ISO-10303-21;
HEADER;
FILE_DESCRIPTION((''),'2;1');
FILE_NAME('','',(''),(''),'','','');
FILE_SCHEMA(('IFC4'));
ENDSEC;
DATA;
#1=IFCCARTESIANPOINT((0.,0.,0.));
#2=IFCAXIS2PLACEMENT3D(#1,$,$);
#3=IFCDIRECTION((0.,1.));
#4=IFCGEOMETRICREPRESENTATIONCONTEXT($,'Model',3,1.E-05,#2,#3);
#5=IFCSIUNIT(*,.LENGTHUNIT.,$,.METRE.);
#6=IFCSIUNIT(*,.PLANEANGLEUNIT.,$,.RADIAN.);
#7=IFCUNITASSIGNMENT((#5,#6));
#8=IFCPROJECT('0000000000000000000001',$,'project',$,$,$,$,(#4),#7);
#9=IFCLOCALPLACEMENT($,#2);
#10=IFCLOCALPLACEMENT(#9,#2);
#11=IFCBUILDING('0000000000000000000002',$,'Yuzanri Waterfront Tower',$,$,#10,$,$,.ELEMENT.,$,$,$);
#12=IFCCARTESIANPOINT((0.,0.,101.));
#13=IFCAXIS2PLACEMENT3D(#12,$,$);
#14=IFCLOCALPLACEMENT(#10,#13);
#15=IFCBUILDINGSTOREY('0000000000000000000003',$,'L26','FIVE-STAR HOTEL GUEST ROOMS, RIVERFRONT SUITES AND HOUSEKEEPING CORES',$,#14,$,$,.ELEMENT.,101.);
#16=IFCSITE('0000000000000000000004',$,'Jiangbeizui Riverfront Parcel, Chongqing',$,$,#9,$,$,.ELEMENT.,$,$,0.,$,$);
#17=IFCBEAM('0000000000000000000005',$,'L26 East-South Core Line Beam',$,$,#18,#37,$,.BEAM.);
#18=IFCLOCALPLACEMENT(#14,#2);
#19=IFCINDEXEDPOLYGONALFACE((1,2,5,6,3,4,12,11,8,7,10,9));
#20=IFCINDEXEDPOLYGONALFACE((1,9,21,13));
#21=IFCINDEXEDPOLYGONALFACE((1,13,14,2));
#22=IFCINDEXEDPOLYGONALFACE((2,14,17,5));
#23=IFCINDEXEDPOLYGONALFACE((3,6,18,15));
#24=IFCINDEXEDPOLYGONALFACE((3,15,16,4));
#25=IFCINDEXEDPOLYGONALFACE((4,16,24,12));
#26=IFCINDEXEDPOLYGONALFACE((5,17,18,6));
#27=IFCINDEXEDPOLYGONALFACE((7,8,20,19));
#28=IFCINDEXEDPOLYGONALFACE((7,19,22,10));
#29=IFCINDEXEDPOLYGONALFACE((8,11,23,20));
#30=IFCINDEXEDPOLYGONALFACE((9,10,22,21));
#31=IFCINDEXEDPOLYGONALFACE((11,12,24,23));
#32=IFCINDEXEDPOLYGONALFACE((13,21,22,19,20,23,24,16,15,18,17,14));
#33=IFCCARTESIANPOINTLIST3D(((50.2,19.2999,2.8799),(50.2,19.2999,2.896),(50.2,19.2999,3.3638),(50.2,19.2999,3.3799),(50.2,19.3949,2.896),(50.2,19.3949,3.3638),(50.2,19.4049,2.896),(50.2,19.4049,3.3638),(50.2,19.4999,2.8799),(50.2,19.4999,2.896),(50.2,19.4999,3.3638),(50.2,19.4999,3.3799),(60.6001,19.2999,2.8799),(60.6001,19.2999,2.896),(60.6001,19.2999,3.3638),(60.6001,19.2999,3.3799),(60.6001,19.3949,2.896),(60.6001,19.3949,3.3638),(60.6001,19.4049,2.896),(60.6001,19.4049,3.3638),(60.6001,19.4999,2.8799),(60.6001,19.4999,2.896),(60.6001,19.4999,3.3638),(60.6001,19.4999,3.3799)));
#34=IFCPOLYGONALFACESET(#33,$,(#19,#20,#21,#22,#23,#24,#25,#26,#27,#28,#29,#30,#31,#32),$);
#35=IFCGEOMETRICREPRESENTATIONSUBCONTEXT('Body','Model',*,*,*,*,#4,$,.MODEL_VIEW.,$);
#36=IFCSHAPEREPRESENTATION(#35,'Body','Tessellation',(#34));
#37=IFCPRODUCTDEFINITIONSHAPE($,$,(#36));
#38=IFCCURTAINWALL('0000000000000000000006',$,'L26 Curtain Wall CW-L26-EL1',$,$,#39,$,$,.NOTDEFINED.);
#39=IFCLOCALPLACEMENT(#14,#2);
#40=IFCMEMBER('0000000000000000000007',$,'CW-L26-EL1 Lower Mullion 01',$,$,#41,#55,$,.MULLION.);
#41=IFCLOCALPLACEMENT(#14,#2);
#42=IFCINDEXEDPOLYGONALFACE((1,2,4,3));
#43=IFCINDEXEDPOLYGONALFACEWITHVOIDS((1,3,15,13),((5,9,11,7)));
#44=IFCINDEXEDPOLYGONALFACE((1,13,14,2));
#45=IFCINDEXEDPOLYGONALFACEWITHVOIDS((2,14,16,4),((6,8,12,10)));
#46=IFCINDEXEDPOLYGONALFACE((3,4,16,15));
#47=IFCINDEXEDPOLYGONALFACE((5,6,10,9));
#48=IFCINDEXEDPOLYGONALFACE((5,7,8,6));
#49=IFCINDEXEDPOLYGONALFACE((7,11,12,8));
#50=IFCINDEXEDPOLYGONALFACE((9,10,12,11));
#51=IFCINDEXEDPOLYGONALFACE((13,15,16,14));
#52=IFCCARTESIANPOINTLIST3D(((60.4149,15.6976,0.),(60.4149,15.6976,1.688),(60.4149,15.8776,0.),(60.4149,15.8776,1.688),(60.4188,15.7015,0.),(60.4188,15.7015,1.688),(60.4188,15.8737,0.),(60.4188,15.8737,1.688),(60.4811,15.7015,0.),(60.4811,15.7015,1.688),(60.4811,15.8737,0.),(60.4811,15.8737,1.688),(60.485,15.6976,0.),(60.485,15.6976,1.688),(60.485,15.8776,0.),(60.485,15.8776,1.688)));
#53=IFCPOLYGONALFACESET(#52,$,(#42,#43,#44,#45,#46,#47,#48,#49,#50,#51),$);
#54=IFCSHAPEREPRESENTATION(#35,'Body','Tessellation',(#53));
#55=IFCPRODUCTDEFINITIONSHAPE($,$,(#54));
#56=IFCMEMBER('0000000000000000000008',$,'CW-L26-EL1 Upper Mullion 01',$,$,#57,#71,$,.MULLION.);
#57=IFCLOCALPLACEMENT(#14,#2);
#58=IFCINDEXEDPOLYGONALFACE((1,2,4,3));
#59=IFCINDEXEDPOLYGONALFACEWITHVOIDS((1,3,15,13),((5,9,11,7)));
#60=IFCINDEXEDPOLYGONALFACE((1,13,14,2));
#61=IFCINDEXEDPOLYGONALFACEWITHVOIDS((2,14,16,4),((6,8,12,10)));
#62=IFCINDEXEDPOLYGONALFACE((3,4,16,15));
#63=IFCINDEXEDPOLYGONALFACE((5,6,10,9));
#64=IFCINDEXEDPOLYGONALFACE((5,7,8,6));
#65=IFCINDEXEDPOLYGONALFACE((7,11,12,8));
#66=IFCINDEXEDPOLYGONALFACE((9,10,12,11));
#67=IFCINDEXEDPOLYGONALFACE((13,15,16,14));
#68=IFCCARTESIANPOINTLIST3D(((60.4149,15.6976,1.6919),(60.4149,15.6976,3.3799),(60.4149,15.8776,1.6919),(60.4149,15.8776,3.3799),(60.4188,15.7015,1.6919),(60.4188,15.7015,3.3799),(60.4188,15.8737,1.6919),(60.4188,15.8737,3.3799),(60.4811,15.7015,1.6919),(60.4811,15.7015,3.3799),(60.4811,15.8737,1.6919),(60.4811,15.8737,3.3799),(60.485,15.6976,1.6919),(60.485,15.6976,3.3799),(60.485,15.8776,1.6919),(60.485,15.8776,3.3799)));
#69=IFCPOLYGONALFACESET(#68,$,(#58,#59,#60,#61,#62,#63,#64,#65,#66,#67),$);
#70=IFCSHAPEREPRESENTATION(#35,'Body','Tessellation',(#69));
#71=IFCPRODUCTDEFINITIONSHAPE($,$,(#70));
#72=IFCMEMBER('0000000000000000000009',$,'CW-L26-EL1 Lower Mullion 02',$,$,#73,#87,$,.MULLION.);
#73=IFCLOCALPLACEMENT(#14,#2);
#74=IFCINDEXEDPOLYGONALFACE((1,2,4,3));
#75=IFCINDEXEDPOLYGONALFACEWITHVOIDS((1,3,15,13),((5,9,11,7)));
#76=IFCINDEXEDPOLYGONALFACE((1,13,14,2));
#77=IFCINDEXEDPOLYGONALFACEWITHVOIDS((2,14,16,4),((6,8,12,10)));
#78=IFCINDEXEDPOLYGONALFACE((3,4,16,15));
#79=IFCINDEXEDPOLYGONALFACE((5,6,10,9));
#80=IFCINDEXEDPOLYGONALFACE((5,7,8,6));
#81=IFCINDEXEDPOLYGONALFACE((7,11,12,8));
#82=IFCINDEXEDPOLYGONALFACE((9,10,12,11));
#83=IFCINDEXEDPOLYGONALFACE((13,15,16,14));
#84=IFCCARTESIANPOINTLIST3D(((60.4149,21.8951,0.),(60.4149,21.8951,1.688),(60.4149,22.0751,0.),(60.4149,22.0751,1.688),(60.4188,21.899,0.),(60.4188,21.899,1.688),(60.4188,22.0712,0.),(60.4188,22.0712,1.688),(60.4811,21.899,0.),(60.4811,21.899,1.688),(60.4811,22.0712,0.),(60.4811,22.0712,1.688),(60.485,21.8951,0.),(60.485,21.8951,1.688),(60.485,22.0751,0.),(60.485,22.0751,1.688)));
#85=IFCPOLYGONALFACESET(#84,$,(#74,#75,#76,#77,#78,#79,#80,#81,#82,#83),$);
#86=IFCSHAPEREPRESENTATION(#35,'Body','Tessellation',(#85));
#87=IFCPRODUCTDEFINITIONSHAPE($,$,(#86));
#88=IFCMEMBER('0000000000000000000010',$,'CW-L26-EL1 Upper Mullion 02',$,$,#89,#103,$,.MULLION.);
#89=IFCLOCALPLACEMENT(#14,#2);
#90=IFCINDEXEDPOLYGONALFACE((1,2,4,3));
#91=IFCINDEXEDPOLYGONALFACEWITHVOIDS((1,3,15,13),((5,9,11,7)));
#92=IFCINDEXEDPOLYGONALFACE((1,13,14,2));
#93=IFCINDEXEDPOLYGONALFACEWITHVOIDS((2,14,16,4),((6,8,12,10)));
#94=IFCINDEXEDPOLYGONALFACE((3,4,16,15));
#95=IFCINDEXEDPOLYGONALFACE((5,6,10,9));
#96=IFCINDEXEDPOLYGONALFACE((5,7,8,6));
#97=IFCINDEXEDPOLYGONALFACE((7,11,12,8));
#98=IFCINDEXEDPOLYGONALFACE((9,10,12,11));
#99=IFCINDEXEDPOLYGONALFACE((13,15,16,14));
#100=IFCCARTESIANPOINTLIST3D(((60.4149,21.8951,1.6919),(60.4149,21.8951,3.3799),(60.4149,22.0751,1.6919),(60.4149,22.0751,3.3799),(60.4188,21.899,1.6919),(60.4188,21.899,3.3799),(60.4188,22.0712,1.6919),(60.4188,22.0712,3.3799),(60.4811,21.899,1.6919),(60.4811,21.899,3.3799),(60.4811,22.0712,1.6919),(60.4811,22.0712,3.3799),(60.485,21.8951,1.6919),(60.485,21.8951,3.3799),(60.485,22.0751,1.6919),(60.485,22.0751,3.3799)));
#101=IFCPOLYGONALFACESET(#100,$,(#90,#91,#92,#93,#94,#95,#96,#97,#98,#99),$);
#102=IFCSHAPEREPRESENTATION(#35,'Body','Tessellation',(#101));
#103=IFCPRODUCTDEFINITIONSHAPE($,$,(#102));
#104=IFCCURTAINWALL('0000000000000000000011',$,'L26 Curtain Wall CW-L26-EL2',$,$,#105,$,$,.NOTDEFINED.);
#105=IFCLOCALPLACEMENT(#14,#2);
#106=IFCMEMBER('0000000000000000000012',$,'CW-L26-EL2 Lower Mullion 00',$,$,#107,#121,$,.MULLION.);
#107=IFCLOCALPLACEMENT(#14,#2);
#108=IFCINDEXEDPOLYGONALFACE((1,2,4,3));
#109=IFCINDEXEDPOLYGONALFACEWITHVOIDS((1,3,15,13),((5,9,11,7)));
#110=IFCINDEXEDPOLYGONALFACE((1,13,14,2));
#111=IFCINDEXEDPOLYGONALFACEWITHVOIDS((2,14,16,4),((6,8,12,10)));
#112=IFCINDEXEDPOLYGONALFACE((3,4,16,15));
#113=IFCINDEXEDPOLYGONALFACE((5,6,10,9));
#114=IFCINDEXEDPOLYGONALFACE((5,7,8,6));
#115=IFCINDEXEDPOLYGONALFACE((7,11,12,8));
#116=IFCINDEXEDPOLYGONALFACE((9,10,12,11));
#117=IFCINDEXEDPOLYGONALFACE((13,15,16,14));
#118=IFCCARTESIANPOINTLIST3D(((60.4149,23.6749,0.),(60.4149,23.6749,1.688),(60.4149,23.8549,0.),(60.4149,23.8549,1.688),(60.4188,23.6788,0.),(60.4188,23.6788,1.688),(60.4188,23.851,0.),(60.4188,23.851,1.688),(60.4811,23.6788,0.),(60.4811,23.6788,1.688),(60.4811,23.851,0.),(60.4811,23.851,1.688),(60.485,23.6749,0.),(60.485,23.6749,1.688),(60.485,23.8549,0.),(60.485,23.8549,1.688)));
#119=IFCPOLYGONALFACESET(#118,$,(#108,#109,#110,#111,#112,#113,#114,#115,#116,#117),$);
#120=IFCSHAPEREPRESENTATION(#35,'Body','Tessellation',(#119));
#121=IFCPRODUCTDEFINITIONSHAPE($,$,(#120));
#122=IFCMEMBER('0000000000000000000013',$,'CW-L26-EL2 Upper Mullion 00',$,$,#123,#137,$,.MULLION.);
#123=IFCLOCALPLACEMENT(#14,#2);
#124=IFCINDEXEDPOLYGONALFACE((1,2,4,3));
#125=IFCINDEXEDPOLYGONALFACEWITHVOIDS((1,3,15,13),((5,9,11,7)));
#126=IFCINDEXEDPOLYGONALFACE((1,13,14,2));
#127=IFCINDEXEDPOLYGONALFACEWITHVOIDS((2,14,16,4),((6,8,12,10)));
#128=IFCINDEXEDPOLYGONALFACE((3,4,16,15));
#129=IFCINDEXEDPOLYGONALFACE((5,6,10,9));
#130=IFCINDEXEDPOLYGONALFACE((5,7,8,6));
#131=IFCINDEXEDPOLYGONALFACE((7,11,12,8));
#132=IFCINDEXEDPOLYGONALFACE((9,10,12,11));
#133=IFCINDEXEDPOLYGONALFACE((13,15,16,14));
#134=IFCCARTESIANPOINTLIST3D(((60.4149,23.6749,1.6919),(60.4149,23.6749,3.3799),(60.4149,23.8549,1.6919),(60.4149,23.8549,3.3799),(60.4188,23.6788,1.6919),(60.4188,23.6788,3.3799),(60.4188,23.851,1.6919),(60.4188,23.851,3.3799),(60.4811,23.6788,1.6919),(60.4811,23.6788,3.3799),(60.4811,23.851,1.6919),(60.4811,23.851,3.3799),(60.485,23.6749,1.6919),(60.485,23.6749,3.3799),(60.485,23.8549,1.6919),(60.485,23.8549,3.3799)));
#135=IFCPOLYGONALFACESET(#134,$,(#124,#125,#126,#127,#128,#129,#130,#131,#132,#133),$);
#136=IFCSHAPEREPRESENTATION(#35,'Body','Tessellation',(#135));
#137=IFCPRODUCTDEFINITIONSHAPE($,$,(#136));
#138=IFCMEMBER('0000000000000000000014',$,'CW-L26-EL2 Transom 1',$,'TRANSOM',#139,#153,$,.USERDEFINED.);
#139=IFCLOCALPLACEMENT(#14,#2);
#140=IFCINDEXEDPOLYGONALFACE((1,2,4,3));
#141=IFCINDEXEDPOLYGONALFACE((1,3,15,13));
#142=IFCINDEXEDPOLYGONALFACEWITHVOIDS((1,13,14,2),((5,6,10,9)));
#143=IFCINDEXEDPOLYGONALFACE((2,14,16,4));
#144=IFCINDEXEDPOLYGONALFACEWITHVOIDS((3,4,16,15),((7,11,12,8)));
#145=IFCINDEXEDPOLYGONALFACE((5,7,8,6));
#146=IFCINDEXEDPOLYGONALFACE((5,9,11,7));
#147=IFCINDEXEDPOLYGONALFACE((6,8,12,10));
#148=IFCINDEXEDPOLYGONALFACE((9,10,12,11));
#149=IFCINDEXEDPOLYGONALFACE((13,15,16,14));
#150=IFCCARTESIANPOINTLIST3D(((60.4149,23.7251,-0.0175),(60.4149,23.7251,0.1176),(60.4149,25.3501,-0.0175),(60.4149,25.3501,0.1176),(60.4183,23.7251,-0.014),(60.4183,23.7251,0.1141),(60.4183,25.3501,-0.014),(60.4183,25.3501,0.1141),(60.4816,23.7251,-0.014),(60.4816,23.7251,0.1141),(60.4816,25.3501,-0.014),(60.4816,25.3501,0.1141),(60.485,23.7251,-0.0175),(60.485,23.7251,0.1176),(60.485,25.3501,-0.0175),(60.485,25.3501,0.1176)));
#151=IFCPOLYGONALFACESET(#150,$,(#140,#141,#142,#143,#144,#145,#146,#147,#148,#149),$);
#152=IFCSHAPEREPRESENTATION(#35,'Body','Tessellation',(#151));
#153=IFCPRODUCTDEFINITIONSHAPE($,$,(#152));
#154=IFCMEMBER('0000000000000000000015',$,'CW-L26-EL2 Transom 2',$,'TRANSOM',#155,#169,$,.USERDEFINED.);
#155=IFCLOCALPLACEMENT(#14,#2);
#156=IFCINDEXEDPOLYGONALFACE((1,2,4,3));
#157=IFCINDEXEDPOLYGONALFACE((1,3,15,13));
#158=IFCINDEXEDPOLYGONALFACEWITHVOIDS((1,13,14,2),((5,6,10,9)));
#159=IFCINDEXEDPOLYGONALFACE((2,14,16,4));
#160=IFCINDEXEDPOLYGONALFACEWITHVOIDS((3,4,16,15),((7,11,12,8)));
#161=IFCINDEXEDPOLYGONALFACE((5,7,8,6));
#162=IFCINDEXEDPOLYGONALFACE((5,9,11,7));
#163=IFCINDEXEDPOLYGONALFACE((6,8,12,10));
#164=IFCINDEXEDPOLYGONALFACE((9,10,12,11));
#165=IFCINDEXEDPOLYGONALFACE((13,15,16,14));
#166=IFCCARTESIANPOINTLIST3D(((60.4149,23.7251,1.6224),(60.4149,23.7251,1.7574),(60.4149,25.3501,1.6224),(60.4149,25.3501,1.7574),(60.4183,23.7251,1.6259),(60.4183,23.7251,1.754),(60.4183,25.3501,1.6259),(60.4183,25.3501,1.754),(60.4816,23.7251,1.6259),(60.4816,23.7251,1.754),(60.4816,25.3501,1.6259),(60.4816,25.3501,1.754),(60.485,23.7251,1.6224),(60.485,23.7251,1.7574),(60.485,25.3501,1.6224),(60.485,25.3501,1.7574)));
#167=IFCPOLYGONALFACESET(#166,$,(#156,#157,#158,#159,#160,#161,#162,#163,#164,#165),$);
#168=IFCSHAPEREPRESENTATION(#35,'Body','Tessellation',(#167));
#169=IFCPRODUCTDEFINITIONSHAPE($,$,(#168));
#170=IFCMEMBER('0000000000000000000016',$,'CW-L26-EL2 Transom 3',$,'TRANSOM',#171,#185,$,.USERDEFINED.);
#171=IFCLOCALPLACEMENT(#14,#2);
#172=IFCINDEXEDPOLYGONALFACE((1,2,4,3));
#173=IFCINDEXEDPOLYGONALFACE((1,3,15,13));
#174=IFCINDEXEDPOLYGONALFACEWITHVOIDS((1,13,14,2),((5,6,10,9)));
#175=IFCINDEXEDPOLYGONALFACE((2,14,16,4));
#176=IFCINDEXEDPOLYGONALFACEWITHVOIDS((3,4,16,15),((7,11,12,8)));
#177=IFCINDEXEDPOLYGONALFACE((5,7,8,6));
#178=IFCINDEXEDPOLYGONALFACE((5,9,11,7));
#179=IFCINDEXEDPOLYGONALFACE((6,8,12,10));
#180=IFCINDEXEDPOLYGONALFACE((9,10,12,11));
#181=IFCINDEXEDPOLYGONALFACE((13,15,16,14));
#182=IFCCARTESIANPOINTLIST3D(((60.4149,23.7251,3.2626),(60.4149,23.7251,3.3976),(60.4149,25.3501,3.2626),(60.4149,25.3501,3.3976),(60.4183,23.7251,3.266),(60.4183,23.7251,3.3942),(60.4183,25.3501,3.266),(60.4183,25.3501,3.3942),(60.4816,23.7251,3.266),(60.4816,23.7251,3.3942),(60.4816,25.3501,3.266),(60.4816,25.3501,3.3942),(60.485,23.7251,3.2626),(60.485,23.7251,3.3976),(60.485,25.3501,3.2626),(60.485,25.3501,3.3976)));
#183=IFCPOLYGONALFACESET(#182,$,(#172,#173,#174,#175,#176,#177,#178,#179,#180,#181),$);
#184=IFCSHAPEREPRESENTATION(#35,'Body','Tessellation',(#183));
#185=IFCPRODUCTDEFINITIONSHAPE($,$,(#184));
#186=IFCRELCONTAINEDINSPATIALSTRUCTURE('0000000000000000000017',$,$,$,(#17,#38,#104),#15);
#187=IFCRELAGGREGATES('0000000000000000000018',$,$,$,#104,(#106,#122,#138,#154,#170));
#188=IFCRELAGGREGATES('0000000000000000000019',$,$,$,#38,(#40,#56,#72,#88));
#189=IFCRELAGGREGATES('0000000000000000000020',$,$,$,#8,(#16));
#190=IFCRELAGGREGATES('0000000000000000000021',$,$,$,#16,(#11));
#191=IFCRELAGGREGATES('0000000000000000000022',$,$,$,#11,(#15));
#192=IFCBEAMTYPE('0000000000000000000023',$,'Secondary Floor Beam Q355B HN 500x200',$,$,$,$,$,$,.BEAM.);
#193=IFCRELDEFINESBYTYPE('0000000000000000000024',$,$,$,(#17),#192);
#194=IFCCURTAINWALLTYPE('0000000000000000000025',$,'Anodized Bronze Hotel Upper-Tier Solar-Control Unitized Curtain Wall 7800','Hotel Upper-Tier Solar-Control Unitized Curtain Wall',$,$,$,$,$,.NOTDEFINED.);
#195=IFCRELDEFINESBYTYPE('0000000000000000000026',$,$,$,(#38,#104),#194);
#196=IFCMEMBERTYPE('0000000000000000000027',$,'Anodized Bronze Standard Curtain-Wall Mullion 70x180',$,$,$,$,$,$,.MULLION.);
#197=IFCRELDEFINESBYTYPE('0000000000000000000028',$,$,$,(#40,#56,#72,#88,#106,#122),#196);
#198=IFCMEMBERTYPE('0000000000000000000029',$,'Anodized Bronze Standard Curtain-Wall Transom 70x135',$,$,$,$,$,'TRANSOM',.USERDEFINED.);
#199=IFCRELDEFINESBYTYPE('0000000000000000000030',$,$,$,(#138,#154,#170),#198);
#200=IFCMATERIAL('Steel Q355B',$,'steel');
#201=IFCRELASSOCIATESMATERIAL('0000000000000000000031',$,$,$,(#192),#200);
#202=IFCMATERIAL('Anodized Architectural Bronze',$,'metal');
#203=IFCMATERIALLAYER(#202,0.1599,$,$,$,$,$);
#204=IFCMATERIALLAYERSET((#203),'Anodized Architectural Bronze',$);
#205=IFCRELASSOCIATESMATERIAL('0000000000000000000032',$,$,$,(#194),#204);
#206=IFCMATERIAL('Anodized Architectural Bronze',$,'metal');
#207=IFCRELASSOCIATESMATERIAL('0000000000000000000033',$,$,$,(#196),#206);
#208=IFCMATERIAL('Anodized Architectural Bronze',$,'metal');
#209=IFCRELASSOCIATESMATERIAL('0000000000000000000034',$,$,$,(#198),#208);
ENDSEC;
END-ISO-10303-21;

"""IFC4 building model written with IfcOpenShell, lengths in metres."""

from ifc_helpers import new_model, si_unit, direction, frame, origin, origin_2d, place, context, subcontext, project, spatial, hollow_rectangle, i_section, extrude, source, transform, mapped, material, layer, layer_set, material_profile, profile_set, type_object, element, aggregate, save


model = new_model("IFC4")

# Units and contexts
model_context = context("Model", 3, precision=1e-05, world=origin(), true_north=direction((0.0, 1.0)))
body_context = subcontext(model_context, "Body", "Model", "MODEL_VIEW")
ifc_project = project(units=[si_unit("LENGTHUNIT", "METRE"), si_unit("PLANEANGLEUNIT", "RADIAN")], contexts=[model_context])

# Site, building, storey
site_placement = place(None, origin())
site = spatial("IfcSite", under=ifc_project, at=site_placement, Name="Jiangbeizui Riverfront Parcel, Chongqing", CompositionType="ELEMENT", RefElevation=0.0)
building_placement = place(site_placement, origin())
building = spatial("IfcBuilding", under=site, at=building_placement, Name="Yuzanri Waterfront Tower", CompositionType="ELEMENT")
storey_placement = place(building_placement, frame((0.0, 0.0, 101.0)))
storey = spatial("IfcBuildingStorey", under=building, at=storey_placement, Name="L26", Description="FIVE-STAR HOTEL GUEST ROOMS, RIVERFRONT SUITES AND HOUSEKEEPING CORES", CompositionType="ELEMENT", Elevation=101.0)

# Beam
ifc_material_1 = material(Name="Steel Q355B", Category="steel")
ifc_material_profile_1 = material_profile(ifc_material_1, i_section(OverallWidth=0.2, OverallDepth=0.5, WebThickness=0.01, FlangeThickness=0.0161, at=origin_2d()), Name="HN 500x200x10x16")
ifc_profile_set_1 = profile_set([ifc_material_profile_1], Name="Steel Q355B")
beam_type = type_object("IfcBeamType", Name="Secondary Floor Beam Q355B HN 500x200", PredefinedType="BEAM", material=ifc_profile_set_1)
shared_shape_1 = source(origin(), body_context, "Body", "SweptSolid", [
    extrude(i_section(OverallWidth=0.2, OverallDepth=0.5, WebThickness=0.01, FlangeThickness=0.0161, at=origin_2d()), origin(), (0.0, 0.0, 1.0), 10.4001),
])
beam_placement = place(storey_placement, frame((50.2, 19.3999, 3.1299), z_axis=(1.0, 0.0, 0.0), x_axis=(0.0, 1.0, 0.0)))
element("IfcBeam", 1, at=beam_placement, inside=storey, type_object=beam_type, Name="L26 East-South Core Line Beam", PredefinedType="BEAM", context=body_context, shape_type="MappedRepresentation", body=[
    mapped(shared_shape_1, transform((0.0, 0.0, 0.0), scale=1.0)),
])

# Curtain wall, members
ifc_material_2 = material(Name="Anodized Architectural Bronze", Category="metal")
ifc_layer_1 = layer(ifc_material_2, 0.1599)
ifc_layer_set_1 = layer_set([ifc_layer_1], Name="Anodized Architectural Bronze")
curtain_wall_type = type_object("IfcCurtainWallType", Name="Anodized Bronze Hotel Upper-Tier Solar-Control Unitized Curtain Wall 7800", Description="Hotel Upper-Tier Solar-Control Unitized Curtain Wall", PredefinedType="NOTDEFINED", material=ifc_layer_set_1)
curtain_wall_1_placement = place(storey_placement, origin())
curtain_wall_1 = element("IfcCurtainWall", 2, at=curtain_wall_1_placement, inside=storey, type_object=curtain_wall_type, Name="L26 Curtain Wall CW-L26-EL1", PredefinedType="NOTDEFINED")
ifc_material_3 = material(Name="Anodized Architectural Bronze", Category="metal")
ifc_material_profile_2 = material_profile(ifc_material_3, hollow_rectangle(XDim=0.0701, YDim=0.1799, WallThickness=0.0039, at=origin_2d()), Name="CWM 70x180")
ifc_profile_set_2 = profile_set([ifc_material_profile_2], Name="Anodized Architectural Bronze")
member_type_1 = type_object("IfcMemberType", Name="Anodized Bronze Standard Curtain-Wall Mullion 70x180", PredefinedType="MULLION", material=ifc_profile_set_2)
shared_shape_2 = source(origin(), body_context, "Body", "SweptSolid", [
    extrude(hollow_rectangle(XDim=0.0701, YDim=0.1799, WallThickness=0.0039, at=origin_2d()), origin(), (0.0, 0.0, 1.0), 1.688),
])
member_1_placement = place(storey_placement, frame((60.45, 15.7876, 0.0), z_axis=(0.0, 0.0, 1.0), x_axis=(1.0, 0.0, 0.0)))
member_1 = element("IfcMember", 3, at=member_1_placement, type_object=member_type_1, Name="CW-L26-EL1 Lower Mullion 01", PredefinedType="MULLION", context=body_context, shape_type="MappedRepresentation", body=[
    mapped(shared_shape_2, transform((0.0, 0.0, 0.0), scale=1.0)),
])
member_2_placement = place(storey_placement, frame((60.45, 15.7876, 1.6919), z_axis=(0.0, 0.0, 1.0), x_axis=(1.0, 0.0, 0.0)))
member_2 = element("IfcMember", 4, at=member_2_placement, type_object=member_type_1, Name="CW-L26-EL1 Upper Mullion 01", PredefinedType="MULLION", context=body_context, shape_type="MappedRepresentation", body=[
    mapped(shared_shape_2, transform((0.0, 0.0, 0.0), scale=1.0)),
])
member_3_placement = place(storey_placement, frame((60.45, 21.9851, 0.0), z_axis=(0.0, 0.0, 1.0), x_axis=(1.0, 0.0, 0.0)))
member_3 = element("IfcMember", 5, at=member_3_placement, type_object=member_type_1, Name="CW-L26-EL1 Lower Mullion 02", PredefinedType="MULLION", context=body_context, shape_type="MappedRepresentation", body=[
    mapped(shared_shape_2, transform((0.0, 0.0, 0.0), scale=1.0)),
])
member_4_placement = place(storey_placement, frame((60.45, 21.9851, 1.6919), z_axis=(0.0, 0.0, 1.0), x_axis=(1.0, 0.0, 0.0)))
member_4 = element("IfcMember", 6, at=member_4_placement, type_object=member_type_1, Name="CW-L26-EL1 Upper Mullion 02", PredefinedType="MULLION", context=body_context, shape_type="MappedRepresentation", body=[
    mapped(shared_shape_2, transform((0.0, 0.0, 0.0), scale=1.0)),
])

# Curtain wall, members
curtain_wall_2_placement = place(storey_placement, origin())
curtain_wall_2 = element("IfcCurtainWall", 7, at=curtain_wall_2_placement, inside=storey, type_object=curtain_wall_type, Name="L26 Curtain Wall CW-L26-EL2", PredefinedType="NOTDEFINED")
member_5_placement = place(storey_placement, frame((60.45, 23.7649, 0.0), z_axis=(0.0, 0.0, 1.0), x_axis=(1.0, 0.0, 0.0)))
member_5 = element("IfcMember", 8, at=member_5_placement, type_object=member_type_1, Name="CW-L26-EL2 Lower Mullion 00", PredefinedType="MULLION", context=body_context, shape_type="MappedRepresentation", body=[
    mapped(shared_shape_2, transform((0.0, 0.0, 0.0), scale=1.0)),
])
member_6_placement = place(storey_placement, frame((60.45, 23.7649, 1.6919), z_axis=(0.0, 0.0, 1.0), x_axis=(1.0, 0.0, 0.0)))
member_6 = element("IfcMember", 9, at=member_6_placement, type_object=member_type_1, Name="CW-L26-EL2 Upper Mullion 00", PredefinedType="MULLION", context=body_context, shape_type="MappedRepresentation", body=[
    mapped(shared_shape_2, transform((0.0, 0.0, 0.0), scale=1.0)),
])
ifc_material_4 = material(Name="Anodized Architectural Bronze", Category="metal")
ifc_material_profile_3 = material_profile(ifc_material_4, hollow_rectangle(XDim=0.0701, YDim=0.135, WallThickness=0.0034, at=origin_2d()), Name="CWT 70x135")
ifc_profile_set_3 = profile_set([ifc_material_profile_3], Name="Anodized Architectural Bronze")
member_type_2 = type_object("IfcMemberType", Name="Anodized Bronze Standard Curtain-Wall Transom 70x135", ElementType="TRANSOM", PredefinedType="USERDEFINED", material=ifc_profile_set_3)
shared_shape_3 = source(origin(), body_context, "Body", "SweptSolid", [
    extrude(hollow_rectangle(XDim=0.0701, YDim=0.135, WallThickness=0.0034, at=origin_2d()), origin(), (0.0, 0.0, 1.0), 1.625),
])
member_7_placement = place(storey_placement, frame((60.45, 23.7251, 0.05), z_axis=(0.0, 1.0, 0.0), x_axis=(-1.0, 0.0, 0.0)))
member_7 = element("IfcMember", 10, at=member_7_placement, type_object=member_type_2, Name="CW-L26-EL2 Transom 1", ObjectType="TRANSOM", PredefinedType="USERDEFINED", context=body_context, shape_type="MappedRepresentation", body=[
    mapped(shared_shape_3, transform((0.0, 0.0, 0.0), scale=1.0)),
])
member_8_placement = place(storey_placement, frame((60.45, 23.7251, 1.6899), z_axis=(0.0, 1.0, 0.0), x_axis=(-1.0, 0.0, 0.0)))
member_8 = element("IfcMember", 11, at=member_8_placement, type_object=member_type_2, Name="CW-L26-EL2 Transom 2", ObjectType="TRANSOM", PredefinedType="USERDEFINED", context=body_context, shape_type="MappedRepresentation", body=[
    mapped(shared_shape_3, transform((0.0, 0.0, 0.0), scale=1.0)),
])
member_9_placement = place(storey_placement, frame((60.45, 23.7251, 3.3301), z_axis=(0.0, 1.0, 0.0), x_axis=(-1.0, 0.0, 0.0)))
member_9 = element("IfcMember", 12, at=member_9_placement, type_object=member_type_2, Name="CW-L26-EL2 Transom 3", ObjectType="TRANSOM", PredefinedType="USERDEFINED", context=body_context, shape_type="MappedRepresentation", body=[
    mapped(shared_shape_3, transform((0.0, 0.0, 0.0), scale=1.0)),
])
aggregate(curtain_wall_2, [member_5, member_6, member_7, member_8, member_9])

aggregate(curtain_wall_1, [member_1, member_2, member_3, member_4])

save(model, "model.ifc")
